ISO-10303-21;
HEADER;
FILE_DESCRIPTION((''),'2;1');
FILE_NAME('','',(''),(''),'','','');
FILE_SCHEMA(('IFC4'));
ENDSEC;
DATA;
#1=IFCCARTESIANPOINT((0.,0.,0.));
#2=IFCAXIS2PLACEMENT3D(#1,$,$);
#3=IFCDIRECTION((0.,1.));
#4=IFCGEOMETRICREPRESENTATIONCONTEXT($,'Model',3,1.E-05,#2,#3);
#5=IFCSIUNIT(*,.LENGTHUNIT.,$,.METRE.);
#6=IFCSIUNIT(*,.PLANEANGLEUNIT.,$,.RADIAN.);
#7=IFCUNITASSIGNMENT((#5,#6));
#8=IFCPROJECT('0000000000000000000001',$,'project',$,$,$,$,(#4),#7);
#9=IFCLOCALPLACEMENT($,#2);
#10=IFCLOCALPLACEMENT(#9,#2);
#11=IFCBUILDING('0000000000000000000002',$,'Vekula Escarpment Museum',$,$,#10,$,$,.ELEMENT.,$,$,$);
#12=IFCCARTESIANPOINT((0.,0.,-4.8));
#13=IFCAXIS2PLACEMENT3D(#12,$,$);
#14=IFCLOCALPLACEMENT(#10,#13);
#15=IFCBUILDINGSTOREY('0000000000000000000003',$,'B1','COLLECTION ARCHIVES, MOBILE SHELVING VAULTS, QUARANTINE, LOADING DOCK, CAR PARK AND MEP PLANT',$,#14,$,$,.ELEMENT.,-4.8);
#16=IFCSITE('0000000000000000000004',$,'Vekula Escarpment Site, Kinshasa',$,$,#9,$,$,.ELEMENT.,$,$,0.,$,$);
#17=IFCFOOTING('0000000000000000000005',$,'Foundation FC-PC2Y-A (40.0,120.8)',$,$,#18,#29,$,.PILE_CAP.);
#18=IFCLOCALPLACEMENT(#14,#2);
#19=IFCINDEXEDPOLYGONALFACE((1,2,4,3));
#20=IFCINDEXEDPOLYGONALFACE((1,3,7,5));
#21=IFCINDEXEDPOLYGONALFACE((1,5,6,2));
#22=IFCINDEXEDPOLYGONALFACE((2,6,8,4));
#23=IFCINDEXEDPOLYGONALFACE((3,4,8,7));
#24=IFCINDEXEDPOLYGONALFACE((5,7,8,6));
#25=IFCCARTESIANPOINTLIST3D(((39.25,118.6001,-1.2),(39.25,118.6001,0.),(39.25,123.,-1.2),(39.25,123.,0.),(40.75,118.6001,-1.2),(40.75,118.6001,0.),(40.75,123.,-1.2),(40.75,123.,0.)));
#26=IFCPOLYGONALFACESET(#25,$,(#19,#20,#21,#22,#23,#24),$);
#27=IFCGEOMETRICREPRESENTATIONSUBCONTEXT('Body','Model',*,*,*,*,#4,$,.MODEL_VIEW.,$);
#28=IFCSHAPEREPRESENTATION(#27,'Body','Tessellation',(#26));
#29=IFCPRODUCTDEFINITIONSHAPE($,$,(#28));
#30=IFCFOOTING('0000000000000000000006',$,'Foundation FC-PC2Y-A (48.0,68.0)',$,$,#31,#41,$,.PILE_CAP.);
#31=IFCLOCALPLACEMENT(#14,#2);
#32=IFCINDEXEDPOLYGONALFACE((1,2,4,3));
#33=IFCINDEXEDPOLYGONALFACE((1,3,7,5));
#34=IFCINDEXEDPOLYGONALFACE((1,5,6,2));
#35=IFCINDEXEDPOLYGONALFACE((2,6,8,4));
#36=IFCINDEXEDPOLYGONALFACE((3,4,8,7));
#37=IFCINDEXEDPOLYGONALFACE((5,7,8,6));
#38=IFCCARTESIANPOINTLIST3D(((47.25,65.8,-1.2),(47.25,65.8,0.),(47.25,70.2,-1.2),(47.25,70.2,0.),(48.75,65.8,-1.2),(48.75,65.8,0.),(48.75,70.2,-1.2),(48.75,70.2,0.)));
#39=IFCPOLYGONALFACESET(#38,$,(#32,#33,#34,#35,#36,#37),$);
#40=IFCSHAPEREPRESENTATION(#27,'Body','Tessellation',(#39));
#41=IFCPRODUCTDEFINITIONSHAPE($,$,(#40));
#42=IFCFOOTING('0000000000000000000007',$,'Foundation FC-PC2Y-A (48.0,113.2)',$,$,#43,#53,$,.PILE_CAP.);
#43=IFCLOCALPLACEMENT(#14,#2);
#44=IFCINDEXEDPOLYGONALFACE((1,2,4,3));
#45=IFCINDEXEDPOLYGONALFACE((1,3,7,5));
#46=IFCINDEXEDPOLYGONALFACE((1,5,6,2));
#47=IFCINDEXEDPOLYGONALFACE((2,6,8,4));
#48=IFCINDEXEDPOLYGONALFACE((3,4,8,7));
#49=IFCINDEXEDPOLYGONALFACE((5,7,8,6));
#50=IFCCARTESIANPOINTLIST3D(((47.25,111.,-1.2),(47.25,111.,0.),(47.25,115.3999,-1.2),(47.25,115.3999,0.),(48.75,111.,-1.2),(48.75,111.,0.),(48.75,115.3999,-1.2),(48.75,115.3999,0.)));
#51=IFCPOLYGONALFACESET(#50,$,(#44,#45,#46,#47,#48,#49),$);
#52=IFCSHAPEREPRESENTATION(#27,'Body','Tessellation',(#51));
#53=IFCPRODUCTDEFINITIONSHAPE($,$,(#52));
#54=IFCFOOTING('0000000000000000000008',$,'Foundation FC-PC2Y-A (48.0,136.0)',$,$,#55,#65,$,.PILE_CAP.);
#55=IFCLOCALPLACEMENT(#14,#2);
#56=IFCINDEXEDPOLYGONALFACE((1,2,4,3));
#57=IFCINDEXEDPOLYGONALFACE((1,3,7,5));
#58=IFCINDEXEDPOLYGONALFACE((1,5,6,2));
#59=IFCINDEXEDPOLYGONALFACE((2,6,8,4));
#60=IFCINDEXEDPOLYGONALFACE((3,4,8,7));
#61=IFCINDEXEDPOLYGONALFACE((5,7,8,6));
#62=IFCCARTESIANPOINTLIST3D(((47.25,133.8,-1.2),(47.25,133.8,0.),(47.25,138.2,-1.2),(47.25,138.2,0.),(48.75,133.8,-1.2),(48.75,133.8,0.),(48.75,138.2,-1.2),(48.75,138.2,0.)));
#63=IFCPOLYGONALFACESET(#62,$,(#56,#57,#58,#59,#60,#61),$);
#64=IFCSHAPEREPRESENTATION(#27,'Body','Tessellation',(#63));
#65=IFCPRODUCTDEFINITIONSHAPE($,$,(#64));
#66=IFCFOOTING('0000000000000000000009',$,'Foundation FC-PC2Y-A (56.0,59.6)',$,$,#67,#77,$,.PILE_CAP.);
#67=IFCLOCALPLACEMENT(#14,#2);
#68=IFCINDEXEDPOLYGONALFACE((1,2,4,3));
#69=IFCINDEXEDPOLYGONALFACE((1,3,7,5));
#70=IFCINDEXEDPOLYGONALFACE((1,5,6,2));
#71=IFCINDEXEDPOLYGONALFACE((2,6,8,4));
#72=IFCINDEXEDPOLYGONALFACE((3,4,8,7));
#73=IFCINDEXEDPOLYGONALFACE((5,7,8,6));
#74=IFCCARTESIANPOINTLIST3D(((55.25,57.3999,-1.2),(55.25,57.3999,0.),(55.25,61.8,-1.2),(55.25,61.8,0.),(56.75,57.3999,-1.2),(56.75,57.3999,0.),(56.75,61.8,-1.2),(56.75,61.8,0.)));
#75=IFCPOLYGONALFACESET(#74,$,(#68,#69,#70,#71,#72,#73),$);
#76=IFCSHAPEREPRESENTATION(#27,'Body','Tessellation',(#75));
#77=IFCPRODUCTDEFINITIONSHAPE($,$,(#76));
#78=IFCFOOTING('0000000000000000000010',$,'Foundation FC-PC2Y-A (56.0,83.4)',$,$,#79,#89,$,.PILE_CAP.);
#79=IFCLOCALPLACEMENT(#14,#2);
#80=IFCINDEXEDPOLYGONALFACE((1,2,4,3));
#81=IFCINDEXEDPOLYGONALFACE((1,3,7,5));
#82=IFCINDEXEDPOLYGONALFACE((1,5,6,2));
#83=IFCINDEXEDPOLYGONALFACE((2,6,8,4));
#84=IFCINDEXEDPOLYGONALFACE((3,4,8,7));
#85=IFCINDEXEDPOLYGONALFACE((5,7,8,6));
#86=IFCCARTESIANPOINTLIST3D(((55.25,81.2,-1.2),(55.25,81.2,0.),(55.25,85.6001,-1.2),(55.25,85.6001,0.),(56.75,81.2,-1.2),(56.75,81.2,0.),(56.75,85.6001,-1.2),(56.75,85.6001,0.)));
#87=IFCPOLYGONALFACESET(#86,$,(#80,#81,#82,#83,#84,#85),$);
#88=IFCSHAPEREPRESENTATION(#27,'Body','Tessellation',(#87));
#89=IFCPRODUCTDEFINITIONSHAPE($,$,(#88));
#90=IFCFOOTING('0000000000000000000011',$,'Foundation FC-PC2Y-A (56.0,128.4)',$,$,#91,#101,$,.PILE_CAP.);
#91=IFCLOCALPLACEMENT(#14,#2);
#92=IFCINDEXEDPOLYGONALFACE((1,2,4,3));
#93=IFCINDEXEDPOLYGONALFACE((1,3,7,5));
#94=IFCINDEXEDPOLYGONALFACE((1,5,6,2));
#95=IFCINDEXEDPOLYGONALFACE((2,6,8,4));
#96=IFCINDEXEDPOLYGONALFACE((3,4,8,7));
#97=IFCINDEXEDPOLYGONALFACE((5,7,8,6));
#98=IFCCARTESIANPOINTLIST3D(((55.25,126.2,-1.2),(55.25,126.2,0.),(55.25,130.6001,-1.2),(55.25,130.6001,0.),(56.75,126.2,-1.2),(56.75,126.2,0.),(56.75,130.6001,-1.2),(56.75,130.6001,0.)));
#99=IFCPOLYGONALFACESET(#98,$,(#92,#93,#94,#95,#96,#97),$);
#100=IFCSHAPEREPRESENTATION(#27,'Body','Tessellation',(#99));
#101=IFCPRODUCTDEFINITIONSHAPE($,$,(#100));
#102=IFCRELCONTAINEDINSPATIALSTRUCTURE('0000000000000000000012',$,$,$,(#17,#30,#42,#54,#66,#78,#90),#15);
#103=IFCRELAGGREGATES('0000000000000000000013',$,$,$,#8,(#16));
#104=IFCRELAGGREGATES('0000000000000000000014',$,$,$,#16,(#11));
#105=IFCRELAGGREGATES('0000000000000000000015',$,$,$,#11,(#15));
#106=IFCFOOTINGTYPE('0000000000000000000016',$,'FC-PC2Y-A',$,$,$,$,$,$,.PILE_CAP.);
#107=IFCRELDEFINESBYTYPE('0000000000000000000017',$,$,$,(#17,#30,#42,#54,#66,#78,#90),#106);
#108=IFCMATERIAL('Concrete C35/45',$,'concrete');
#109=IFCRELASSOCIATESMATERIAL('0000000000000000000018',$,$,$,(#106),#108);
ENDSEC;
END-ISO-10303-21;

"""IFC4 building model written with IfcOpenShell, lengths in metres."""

from ifc_helpers import new_model, si_unit, direction, frame, origin, place, context, subcontext, project, spatial, polyline, outline, extrude, material, type_object, element, save


model = new_model("IFC4")

# Units and contexts
model_context = context("Model", 3, precision=1e-05, world=origin(), true_north=direction((0.0, 1.0)))
body_context = subcontext(model_context, "Body", "Model", "MODEL_VIEW")
ifc_project = project(units=[si_unit("LENGTHUNIT", "METRE"), si_unit("PLANEANGLEUNIT", "RADIAN")], contexts=[model_context])

# Site, building, storey
site_placement = place(None, origin())
site = spatial("IfcSite", under=ifc_project, at=site_placement, Name="Vekula Escarpment Site, Kinshasa", CompositionType="ELEMENT", RefElevation=0.0)
building_placement = place(site_placement, origin())
building = spatial("IfcBuilding", under=site, at=building_placement, Name="Vekula Escarpment Museum", CompositionType="ELEMENT")
storey_placement = place(building_placement, frame((0.0, 0.0, -4.8)))
storey = spatial("IfcBuildingStorey", under=building, at=storey_placement, Name="B1", Description="COLLECTION ARCHIVES, MOBILE SHELVING VAULTS, QUARANTINE, LOADING DOCK, CAR PARK AND MEP PLANT", CompositionType="ELEMENT", Elevation=-4.8)

# Footings
ifc_material_1 = material(Name="Concrete C35/45", Category="concrete")
footing_type_1 = type_object("IfcFootingType", Name="FC-PC2Y-A", PredefinedType="PILE_CAP", material=ifc_material_1)
footing_1_placement = place(storey_placement, frame((0.0, 0.0, -1.2)))
element("IfcFooting", 1, at=footing_1_placement, inside=storey, type_object=footing_type_1, Name="Foundation FC-PC2Y-A (40.0,120.8)", PredefinedType="PILE_CAP", context=body_context, shape_type="SweptSolid", body=[
    extrude(outline(polyline([(39.25, 118.6001), (40.75, 118.6001), (40.75, 123.0), (39.25, 123.0), (39.25, 118.6001)])), origin(), (0.0, 0.0, 1.0), 1.2),
])
footing_2_placement = place(storey_placement, frame((0.0, 0.0, -1.2)))
element("IfcFooting", 2, at=footing_2_placement, inside=storey, type_object=footing_type_1, Name="Foundation FC-PC2Y-A (48.0,68.0)", PredefinedType="PILE_CAP", context=body_context, shape_type="SweptSolid", body=[
    extrude(outline(polyline([(47.25, 65.8), (48.75, 65.8), (48.75, 70.2), (47.25, 70.2), (47.25, 65.8)])), origin(), (0.0, 0.0, 1.0), 1.2),
])
footing_3_placement = place(storey_placement, frame((0.0, 0.0, -1.2)))
element("IfcFooting", 3, at=footing_3_placement, inside=storey, type_object=footing_type_1, Name="Foundation FC-PC2Y-A (48.0,113.2)", PredefinedType="PILE_CAP", context=body_context, shape_type="SweptSolid", body=[
    extrude(outline(polyline([(47.25, 111.0), (48.75, 111.0), (48.75, 115.3999), (47.25, 115.3999), (47.25, 111.0)])), origin(), (0.0, 0.0, 1.0), 1.2),
])
footing_4_placement = place(storey_placement, frame((0.0, 0.0, -1.2)))
element("IfcFooting", 4, at=footing_4_placement, inside=storey, type_object=footing_type_1, Name="Foundation FC-PC2Y-A (48.0,136.0)", PredefinedType="PILE_CAP", context=body_context, shape_type="SweptSolid", body=[
    extrude(outline(polyline([(47.25, 133.8), (48.75, 133.8), (48.75, 138.2), (47.25, 138.2), (47.25, 133.8)])), origin(), (0.0, 0.0, 1.0), 1.2),
])
footing_5_placement = place(storey_placement, frame((0.0, 0.0, -1.2)))
element("IfcFooting", 5, at=footing_5_placement, inside=storey, type_object=footing_type_1, Name="Foundation FC-PC2Y-A (56.0,59.6)", PredefinedType="PILE_CAP", context=body_context, shape_type="SweptSolid", body=[
    extrude(outline(polyline([(55.25, 57.3999), (56.75, 57.3999), (56.75, 61.8), (55.25, 61.8), (55.25, 57.3999)])), origin(), (0.0, 0.0, 1.0), 1.2),
])
footing_6_placement = place(storey_placement, frame((0.0, 0.0, -1.2)))
element("IfcFooting", 6, at=footing_6_placement, inside=storey, type_object=footing_type_1, Name="Foundation FC-PC2Y-A (56.0,83.4)", PredefinedType="PILE_CAP", context=body_context, shape_type="SweptSolid", body=[
    extrude(outline(polyline([(55.25, 81.2), (56.75, 81.2), (56.75, 85.6001), (55.25, 85.6001), (55.25, 81.2)])), origin(), (0.0, 0.0, 1.0), 1.2),
])
footing_7_placement = place(storey_placement, frame((0.0, 0.0, -1.2)))
element("IfcFooting", 7, at=footing_7_placement, inside=storey, type_object=footing_type_1, Name="Foundation FC-PC2Y-A (56.0,128.4)", PredefinedType="PILE_CAP", context=body_context, shape_type="SweptSolid", body=[
    extrude(outline(polyline([(55.25, 126.2), (56.75, 126.2), (56.75, 130.6001), (55.25, 130.6001), (55.25, 126.2)])), origin(), (0.0, 0.0, 1.0), 1.2),
])

save(model, "model.ifc")
